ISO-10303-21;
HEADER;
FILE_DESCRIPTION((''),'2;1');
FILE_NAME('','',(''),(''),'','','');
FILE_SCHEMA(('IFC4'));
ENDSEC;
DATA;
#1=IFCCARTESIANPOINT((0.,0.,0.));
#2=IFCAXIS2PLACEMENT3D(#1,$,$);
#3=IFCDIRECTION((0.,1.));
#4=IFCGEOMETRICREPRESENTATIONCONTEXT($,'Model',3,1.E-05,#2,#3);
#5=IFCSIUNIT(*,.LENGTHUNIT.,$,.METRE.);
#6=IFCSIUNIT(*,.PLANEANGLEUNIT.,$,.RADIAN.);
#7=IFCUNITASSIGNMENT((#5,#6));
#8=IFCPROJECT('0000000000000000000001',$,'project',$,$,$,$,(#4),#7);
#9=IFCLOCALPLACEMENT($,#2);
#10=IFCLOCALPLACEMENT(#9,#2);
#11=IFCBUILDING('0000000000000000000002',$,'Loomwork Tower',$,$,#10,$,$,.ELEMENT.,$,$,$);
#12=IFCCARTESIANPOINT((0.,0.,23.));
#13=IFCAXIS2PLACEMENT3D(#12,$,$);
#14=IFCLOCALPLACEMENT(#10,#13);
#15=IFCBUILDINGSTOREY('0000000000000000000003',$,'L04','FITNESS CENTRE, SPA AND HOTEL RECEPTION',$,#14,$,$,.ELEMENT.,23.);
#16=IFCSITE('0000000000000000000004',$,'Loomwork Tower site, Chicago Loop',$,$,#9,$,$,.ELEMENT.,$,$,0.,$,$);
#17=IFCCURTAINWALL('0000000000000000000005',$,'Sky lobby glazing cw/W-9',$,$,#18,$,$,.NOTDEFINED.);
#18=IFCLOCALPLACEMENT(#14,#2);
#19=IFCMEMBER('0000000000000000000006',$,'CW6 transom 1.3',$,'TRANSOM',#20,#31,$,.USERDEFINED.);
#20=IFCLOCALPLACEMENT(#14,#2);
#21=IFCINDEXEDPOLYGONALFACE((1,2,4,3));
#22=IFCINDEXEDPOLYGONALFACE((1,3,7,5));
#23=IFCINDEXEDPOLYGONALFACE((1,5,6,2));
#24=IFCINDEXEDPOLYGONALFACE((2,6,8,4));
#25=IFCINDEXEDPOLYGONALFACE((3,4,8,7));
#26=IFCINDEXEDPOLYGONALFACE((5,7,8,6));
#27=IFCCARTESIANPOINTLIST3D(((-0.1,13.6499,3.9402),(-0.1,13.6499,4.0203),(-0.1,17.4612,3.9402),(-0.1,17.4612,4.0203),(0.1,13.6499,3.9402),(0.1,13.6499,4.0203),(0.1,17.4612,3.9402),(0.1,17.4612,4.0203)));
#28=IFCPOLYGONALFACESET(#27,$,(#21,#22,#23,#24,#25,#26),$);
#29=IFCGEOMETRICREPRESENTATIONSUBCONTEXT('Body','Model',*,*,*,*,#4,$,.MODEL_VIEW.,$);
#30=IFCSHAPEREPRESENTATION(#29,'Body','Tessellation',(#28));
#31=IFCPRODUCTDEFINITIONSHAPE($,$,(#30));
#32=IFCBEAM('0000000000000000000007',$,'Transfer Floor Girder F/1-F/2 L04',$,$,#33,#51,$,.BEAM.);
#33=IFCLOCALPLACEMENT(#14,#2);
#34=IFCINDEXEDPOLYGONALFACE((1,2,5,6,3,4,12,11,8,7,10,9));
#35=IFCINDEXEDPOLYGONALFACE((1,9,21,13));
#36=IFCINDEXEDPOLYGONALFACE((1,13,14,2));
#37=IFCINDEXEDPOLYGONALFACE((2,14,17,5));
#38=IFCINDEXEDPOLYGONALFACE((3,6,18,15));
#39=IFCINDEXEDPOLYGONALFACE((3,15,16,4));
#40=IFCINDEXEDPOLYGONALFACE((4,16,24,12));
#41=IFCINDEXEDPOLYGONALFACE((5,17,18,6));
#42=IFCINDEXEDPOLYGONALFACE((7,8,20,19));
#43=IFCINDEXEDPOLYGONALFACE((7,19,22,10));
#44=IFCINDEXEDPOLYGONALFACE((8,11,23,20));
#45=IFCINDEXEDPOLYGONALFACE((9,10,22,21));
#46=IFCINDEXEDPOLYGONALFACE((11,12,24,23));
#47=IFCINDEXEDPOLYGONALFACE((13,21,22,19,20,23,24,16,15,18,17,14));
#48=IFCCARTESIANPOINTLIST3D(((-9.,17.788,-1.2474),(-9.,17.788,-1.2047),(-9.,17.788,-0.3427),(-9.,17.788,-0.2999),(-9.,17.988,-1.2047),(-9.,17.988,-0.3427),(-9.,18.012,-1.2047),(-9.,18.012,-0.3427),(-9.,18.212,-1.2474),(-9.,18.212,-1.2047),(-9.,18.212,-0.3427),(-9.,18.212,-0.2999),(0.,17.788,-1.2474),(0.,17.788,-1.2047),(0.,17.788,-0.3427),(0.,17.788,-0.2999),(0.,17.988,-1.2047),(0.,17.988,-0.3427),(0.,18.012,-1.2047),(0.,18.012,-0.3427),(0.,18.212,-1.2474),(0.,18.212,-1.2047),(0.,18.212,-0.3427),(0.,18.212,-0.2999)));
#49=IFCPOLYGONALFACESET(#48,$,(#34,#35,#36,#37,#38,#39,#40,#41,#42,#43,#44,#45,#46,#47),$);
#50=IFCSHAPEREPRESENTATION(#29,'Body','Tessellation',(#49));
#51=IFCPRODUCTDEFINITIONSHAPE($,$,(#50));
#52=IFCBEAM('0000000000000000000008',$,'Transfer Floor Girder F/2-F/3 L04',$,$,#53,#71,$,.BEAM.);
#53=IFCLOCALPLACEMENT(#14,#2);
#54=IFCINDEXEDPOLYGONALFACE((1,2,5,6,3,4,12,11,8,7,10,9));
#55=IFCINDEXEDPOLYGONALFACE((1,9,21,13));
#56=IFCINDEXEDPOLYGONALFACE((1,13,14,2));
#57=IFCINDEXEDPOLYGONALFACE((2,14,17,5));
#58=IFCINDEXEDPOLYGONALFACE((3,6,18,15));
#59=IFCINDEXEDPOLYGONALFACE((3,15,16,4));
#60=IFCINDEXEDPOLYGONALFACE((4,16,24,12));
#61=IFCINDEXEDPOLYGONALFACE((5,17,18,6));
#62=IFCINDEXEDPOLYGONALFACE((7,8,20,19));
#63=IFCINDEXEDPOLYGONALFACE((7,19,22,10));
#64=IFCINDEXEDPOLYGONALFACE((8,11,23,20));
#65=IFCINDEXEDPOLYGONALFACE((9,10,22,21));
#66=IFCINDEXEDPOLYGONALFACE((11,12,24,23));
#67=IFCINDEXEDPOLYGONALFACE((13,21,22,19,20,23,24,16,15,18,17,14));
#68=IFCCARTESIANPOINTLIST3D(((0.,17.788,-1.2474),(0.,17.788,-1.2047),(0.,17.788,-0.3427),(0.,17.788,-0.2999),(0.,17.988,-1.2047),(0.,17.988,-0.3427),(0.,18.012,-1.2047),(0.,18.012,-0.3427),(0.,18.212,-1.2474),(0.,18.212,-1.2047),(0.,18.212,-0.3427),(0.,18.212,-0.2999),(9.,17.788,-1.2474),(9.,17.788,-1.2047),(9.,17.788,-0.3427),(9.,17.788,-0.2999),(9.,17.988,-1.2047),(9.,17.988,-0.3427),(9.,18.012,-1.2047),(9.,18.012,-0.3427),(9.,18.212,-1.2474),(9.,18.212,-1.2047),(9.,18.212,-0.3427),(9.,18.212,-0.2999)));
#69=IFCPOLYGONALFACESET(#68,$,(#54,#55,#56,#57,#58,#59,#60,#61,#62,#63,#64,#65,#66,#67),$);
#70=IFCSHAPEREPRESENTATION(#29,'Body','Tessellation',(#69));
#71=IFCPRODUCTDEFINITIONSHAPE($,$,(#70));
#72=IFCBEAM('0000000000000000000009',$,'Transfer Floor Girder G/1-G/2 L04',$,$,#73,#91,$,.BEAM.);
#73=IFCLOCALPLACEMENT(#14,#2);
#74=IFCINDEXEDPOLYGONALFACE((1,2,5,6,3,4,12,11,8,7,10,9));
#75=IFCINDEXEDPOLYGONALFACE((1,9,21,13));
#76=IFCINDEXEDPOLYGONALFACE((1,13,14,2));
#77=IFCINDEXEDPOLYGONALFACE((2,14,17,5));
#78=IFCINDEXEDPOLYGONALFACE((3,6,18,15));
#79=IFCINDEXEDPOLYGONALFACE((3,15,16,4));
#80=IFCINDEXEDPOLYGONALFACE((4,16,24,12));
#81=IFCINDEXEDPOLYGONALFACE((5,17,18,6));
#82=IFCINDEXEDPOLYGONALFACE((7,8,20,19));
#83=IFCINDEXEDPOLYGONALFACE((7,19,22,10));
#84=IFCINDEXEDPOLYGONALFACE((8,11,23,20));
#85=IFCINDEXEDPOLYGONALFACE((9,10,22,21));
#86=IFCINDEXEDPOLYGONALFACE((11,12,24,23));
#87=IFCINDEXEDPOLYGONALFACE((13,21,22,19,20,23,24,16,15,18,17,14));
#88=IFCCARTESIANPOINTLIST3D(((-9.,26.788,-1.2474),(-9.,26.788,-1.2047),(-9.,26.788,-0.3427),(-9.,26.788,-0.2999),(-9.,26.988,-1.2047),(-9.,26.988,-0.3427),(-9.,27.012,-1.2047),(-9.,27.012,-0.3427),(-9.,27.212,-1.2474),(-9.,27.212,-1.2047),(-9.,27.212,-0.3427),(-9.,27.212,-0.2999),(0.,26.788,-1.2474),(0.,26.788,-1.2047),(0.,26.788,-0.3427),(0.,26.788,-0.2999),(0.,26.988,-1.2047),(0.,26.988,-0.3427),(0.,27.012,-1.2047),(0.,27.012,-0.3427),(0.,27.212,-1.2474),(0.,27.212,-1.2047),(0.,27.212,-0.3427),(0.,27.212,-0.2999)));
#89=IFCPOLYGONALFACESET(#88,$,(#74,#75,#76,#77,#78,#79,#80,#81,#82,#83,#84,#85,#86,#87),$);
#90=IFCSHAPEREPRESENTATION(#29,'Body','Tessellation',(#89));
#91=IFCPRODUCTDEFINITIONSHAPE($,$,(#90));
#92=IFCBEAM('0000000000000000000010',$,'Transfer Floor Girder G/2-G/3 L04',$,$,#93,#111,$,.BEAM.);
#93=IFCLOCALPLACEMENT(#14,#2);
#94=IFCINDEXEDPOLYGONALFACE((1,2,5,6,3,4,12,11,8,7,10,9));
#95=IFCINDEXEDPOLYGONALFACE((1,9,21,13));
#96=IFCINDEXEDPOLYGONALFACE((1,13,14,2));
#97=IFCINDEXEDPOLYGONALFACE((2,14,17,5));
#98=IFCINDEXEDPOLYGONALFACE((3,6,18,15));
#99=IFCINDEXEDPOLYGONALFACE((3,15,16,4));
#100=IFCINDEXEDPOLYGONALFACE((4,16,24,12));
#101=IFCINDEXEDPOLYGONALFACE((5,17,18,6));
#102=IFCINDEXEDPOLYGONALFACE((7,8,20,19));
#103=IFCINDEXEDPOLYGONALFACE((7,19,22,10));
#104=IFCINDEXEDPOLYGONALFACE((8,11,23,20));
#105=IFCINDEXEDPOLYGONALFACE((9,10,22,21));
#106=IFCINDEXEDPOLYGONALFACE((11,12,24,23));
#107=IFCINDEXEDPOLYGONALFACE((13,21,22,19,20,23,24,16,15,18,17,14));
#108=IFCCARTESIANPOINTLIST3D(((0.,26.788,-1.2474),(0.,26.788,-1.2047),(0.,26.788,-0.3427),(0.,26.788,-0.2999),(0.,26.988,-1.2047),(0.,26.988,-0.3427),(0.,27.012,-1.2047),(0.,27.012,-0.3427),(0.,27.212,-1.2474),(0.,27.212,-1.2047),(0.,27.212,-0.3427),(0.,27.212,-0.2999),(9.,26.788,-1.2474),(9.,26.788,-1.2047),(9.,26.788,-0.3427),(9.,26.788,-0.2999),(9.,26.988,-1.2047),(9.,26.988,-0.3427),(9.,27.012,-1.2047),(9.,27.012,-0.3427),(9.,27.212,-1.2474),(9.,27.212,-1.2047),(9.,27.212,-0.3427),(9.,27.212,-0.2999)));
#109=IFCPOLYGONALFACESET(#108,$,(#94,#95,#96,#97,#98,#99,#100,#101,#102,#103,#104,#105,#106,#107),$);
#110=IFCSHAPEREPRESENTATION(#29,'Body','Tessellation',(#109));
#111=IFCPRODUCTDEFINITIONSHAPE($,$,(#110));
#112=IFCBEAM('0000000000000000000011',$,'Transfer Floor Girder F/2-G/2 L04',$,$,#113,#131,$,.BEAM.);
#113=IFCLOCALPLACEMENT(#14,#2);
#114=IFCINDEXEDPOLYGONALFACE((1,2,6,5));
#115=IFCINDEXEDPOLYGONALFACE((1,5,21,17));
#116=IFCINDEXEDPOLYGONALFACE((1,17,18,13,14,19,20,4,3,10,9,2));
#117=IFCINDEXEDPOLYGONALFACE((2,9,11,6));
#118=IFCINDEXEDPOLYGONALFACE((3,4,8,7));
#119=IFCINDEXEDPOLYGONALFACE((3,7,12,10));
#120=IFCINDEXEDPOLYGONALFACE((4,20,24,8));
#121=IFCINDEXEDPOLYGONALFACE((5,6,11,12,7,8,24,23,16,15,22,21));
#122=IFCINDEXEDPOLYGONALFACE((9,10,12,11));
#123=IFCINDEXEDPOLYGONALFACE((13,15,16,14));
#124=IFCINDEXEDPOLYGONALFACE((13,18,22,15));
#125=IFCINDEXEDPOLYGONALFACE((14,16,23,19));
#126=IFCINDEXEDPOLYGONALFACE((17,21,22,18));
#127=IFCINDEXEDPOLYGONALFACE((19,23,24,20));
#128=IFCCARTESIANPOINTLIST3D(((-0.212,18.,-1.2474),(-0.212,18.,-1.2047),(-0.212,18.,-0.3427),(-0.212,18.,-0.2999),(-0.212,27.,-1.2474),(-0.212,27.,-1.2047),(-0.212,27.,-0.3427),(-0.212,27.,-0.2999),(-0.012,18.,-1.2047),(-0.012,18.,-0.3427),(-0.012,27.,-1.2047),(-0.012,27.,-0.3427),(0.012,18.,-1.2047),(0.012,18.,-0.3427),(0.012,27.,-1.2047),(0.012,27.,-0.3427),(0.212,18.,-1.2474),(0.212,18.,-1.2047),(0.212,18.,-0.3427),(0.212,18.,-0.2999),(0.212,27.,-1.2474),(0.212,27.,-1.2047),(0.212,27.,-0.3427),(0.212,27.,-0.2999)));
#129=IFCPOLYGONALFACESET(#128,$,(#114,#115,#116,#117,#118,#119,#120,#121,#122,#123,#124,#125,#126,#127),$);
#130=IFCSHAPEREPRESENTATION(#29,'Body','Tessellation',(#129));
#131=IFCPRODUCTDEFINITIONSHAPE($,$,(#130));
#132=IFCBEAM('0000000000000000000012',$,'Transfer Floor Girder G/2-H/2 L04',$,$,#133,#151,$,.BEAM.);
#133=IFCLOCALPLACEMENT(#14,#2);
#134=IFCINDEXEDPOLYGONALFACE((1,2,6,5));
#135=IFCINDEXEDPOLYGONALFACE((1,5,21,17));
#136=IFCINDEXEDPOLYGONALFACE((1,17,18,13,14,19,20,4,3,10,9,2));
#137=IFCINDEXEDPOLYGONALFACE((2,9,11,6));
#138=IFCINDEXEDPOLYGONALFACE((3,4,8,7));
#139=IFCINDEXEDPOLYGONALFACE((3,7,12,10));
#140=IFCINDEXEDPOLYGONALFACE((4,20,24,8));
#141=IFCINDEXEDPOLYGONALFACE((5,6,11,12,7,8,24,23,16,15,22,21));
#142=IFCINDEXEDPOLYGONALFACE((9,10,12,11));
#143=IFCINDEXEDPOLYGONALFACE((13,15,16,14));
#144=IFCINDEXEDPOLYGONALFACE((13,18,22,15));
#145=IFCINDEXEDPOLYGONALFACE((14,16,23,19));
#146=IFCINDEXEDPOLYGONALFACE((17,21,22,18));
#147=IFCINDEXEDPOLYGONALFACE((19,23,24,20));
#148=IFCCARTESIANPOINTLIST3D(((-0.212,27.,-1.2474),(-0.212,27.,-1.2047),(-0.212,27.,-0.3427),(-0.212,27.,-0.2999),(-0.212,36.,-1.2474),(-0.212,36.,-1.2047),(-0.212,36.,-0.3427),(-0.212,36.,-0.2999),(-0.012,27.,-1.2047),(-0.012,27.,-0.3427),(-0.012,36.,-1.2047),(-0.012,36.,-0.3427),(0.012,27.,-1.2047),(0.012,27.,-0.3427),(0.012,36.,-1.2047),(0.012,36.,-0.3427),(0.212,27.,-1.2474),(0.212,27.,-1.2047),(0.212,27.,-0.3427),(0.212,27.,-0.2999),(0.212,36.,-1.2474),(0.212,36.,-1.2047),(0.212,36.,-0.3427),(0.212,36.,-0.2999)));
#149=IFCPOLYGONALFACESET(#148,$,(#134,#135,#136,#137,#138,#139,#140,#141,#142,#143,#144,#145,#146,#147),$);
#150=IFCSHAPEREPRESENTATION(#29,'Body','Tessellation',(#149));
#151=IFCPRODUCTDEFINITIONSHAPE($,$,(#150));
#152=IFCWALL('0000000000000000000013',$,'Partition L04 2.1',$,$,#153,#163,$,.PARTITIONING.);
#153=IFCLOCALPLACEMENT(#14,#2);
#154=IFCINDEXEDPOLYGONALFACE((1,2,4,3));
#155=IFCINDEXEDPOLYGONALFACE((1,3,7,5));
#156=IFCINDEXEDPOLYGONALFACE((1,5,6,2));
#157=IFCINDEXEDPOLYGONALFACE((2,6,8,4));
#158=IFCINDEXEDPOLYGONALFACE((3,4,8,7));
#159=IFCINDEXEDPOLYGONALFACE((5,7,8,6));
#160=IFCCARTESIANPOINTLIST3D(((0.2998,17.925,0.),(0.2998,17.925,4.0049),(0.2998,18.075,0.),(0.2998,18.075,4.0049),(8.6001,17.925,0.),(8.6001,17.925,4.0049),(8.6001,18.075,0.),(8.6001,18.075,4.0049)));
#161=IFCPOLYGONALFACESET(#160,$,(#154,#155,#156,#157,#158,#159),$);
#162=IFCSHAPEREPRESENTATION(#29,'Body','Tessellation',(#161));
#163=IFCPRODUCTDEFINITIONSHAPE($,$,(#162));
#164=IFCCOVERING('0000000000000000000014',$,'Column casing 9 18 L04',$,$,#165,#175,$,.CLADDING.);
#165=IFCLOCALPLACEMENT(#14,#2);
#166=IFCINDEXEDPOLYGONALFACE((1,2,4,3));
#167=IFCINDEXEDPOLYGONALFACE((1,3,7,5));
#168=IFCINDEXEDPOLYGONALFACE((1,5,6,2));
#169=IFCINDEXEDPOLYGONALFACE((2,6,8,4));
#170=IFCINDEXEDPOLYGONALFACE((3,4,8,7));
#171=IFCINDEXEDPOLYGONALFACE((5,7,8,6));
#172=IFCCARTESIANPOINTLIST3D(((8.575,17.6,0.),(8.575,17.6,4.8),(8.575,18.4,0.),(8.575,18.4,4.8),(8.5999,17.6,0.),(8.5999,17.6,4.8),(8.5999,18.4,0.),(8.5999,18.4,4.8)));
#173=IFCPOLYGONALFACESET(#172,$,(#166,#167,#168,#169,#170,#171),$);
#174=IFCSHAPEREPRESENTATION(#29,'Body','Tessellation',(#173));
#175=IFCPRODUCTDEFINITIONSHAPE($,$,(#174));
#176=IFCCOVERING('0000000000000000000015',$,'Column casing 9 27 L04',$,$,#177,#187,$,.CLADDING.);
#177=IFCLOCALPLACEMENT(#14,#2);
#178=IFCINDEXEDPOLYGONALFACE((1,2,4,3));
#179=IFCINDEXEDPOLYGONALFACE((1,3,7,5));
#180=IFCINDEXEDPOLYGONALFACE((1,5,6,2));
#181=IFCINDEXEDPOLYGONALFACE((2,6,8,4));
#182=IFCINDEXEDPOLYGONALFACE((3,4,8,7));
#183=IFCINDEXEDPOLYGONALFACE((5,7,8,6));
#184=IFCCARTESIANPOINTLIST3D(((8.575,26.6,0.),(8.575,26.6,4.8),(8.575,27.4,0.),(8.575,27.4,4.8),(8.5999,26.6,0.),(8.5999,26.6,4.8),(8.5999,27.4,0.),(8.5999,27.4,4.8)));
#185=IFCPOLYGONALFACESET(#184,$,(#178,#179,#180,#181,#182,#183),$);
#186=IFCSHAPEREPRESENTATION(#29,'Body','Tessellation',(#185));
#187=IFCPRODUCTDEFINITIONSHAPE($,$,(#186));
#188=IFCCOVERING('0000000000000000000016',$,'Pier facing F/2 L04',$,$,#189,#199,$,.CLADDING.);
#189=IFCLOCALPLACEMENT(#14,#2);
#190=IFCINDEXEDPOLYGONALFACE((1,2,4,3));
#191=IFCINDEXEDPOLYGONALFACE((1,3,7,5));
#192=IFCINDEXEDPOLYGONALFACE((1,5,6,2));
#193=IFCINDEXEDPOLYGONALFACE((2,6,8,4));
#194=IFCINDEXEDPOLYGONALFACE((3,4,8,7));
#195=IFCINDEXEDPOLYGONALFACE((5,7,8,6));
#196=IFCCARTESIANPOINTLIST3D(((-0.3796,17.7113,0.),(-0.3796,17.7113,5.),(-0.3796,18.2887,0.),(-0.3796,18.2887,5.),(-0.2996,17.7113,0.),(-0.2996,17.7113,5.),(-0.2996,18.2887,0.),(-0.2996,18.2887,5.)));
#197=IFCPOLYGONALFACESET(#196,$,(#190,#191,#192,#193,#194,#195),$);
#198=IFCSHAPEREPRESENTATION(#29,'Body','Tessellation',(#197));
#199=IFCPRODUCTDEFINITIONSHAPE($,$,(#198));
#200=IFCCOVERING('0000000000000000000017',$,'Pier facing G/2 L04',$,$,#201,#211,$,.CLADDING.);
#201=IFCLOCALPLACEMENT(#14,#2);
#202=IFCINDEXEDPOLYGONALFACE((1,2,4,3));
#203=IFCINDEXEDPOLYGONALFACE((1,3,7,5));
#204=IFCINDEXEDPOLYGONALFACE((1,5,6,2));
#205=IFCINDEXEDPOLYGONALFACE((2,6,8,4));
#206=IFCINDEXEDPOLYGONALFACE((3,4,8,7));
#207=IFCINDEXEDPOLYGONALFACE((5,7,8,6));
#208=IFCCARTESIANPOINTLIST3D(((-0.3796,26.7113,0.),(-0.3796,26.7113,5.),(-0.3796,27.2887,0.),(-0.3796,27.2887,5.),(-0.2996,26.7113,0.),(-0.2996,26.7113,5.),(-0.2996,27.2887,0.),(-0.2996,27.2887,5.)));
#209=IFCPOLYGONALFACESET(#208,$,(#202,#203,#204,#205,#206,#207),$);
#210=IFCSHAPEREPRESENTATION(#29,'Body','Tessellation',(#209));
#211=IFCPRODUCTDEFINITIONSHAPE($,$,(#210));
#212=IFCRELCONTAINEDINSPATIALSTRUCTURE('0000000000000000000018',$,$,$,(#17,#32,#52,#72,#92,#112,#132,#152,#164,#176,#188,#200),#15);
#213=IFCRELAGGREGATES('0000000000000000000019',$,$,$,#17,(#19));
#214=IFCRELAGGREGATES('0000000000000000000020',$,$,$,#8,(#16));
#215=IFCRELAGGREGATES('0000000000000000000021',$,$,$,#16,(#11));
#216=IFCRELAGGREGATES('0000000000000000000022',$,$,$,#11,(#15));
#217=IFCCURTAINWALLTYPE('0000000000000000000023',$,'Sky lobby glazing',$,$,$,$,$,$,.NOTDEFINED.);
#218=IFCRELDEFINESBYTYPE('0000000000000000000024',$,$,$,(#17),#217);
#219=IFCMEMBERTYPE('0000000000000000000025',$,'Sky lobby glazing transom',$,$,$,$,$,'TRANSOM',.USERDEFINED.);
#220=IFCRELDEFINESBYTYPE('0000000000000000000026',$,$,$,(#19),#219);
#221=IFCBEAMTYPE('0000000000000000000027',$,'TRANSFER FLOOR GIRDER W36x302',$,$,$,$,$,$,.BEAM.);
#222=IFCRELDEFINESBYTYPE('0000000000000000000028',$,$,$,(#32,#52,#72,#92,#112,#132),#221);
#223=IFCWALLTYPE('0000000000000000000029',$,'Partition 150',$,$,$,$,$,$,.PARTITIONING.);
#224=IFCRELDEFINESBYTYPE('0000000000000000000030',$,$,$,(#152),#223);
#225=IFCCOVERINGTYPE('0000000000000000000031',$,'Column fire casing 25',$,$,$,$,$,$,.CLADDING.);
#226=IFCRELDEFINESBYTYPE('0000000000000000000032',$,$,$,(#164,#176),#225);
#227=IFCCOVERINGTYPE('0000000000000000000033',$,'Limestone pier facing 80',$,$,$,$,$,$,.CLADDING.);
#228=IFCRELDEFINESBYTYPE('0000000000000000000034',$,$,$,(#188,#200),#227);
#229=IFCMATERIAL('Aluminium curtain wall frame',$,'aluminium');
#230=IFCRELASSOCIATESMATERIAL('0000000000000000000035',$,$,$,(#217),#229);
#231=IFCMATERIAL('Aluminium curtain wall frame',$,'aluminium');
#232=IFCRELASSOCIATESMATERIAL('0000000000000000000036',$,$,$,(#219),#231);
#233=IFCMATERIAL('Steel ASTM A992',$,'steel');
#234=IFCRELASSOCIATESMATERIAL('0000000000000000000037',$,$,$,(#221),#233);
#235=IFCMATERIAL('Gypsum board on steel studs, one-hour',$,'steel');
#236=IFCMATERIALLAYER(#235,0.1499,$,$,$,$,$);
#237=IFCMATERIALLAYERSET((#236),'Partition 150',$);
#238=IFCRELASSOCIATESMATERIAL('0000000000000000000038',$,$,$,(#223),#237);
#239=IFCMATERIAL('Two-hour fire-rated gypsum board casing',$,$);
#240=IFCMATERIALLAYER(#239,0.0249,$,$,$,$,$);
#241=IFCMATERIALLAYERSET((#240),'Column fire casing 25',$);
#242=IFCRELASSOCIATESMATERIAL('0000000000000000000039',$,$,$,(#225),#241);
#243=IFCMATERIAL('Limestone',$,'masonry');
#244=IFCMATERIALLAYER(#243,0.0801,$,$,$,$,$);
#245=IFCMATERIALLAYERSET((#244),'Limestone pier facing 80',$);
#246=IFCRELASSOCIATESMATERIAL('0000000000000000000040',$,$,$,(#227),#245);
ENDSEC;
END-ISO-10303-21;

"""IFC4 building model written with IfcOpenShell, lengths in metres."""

from ifc_helpers import new_model, si_unit, direction, frame, frame_2d, origin, origin_2d, place, context, subcontext, project, spatial, rectangle, i_section, extrude, material, layer, layer_set, material_profile, profile_set, type_object, element, aggregate, save


model = new_model("IFC4")

# Units and contexts
model_context = context("Model", 3, precision=1e-05, world=origin(), true_north=direction((0.0, 1.0)))
body_context = subcontext(model_context, "Body", "Model", "MODEL_VIEW")
ifc_project = project(units=[si_unit("LENGTHUNIT", "METRE"), si_unit("PLANEANGLEUNIT", "RADIAN")], contexts=[model_context])

# Site, building, storey
site_placement = place(None, origin())
site = spatial("IfcSite", under=ifc_project, at=site_placement, Name="Loomwork Tower site, Chicago Loop", CompositionType="ELEMENT", RefElevation=0.0)
building_placement = place(site_placement, origin())
building = spatial("IfcBuilding", under=site, at=building_placement, Name="Loomwork Tower", CompositionType="ELEMENT")
storey_placement = place(building_placement, frame((0.0, 0.0, 23.0)))
storey = spatial("IfcBuildingStorey", under=building, at=storey_placement, Name="L04", Description="FITNESS CENTRE, SPA AND HOTEL RECEPTION", CompositionType="ELEMENT", Elevation=23.0)

# Curtain wall, member
ifc_material_1 = material(Name="Aluminium curtain wall frame", Category="aluminium")
curtain_wall_type = type_object("IfcCurtainWallType", Name="Sky lobby glazing", PredefinedType="NOTDEFINED", material=ifc_material_1)
curtain_wall_placement = place(storey_placement, origin())
curtain_wall = element("IfcCurtainWall", 1, at=curtain_wall_placement, inside=storey, type_object=curtain_wall_type, Name="Sky lobby glazing cw/W-9", PredefinedType="NOTDEFINED")
ifc_material_2 = material(Name="Aluminium curtain wall frame", Category="aluminium")
ifc_material_profile_1 = material_profile(ifc_material_2, rectangle(XDim=0.2, YDim=0.0801, at=origin_2d()), Name="AL 80x200")
ifc_profile_set_1 = profile_set([ifc_material_profile_1], Name="Aluminium curtain wall frame")
member_type_1 = type_object("IfcMemberType", Name="Sky lobby glazing transom", ElementType="TRANSOM", PredefinedType="USERDEFINED", material=ifc_profile_set_1)
member_1_placement = place(storey_placement, frame((0.0, 17.4612, 3.9802), z_axis=(0.0, -1.0, 0.0), x_axis=(1.0, 0.0, 0.0)))
member_1 = element("IfcMember", 2, at=member_1_placement, type_object=member_type_1, Name="CW6 transom 1.3", ObjectType="TRANSOM", PredefinedType="USERDEFINED", context=body_context, shape_type="SweptSolid", body=[
    extrude(rectangle(XDim=0.2, YDim=0.0801, at=origin_2d()), origin(), (0.0, 0.0, 1.0), 3.8113),
])
aggregate(curtain_wall, [member_1])

# Beams
ifc_material_3 = material(Name="Steel ASTM A992", Category="steel")
ifc_material_profile_2 = material_profile(ifc_material_3, i_section(OverallWidth=0.4241, OverallDepth=0.9475, WebThickness=0.0239, FlangeThickness=0.0427, at=origin_2d()), Name="W36x302")
ifc_profile_set_2 = profile_set([ifc_material_profile_2], Name="Steel ASTM A992")
beam_type_1 = type_object("IfcBeamType", Name="TRANSFER FLOOR GIRDER W36x302", PredefinedType="BEAM", material=ifc_profile_set_2)
for number, where, z_axis, x_axis, name in (
    (3, (-9.0, 18.0, -0.7737), (1.0, 0.0, 0.0), (0.0, 1.0, 0.0), "Transfer Floor Girder F/1-F/2 L04"),
    (4, (0.0, 18.0, -0.7737), (1.0, 0.0, 0.0), (0.0, 1.0, 0.0), "Transfer Floor Girder F/2-F/3 L04"),
    (5, (-9.0, 27.0, -0.7737), (1.0, 0.0, 0.0), (0.0, 1.0, 0.0), "Transfer Floor Girder G/1-G/2 L04"),
    (6, (0.0, 27.0, -0.7737), (1.0, 0.0, 0.0), (0.0, 1.0, 0.0), "Transfer Floor Girder G/2-G/3 L04"),
    (7, (0.0, 18.0, -0.7737), (0.0, 1.0, 0.0), (-1.0, 0.0, 0.0), "Transfer Floor Girder F/2-G/2 L04"),
    (8, (0.0, 27.0, -0.7737), (0.0, 1.0, 0.0), (-1.0, 0.0, 0.0), "Transfer Floor Girder G/2-H/2 L04"),
):
    element("IfcBeam", number, at=place(storey_placement, frame(where, z_axis=z_axis, x_axis=x_axis)), inside=storey, type_object=beam_type_1, Name=name, PredefinedType="BEAM", context=body_context, shape_type="SweptSolid", body=[
        extrude(i_section(OverallWidth=0.4241, OverallDepth=0.9475, WebThickness=0.0239, FlangeThickness=0.0427, at=origin_2d()), origin(), (0.0, 0.0, 1.0), 9.0),
    ])

# Wall
ifc_material_4 = material(Name="Gypsum board on steel studs, one-hour", Category="steel")
ifc_layer_1 = layer(ifc_material_4, 0.1499)
ifc_layer_set_1 = layer_set([ifc_layer_1], Name="Partition 150")
wall_type_1 = type_object("IfcWallType", Name="Partition 150", PredefinedType="PARTITIONING", material=ifc_layer_set_1)
wall_1_placement = place(storey_placement, frame((0.2998, 18.0, 0.0), z_axis=(0.0, 0.0, 1.0), x_axis=(1.0, 0.0, 0.0)))
element("IfcWall", 9, at=wall_1_placement, inside=storey, type_object=wall_type_1, Name="Partition L04 2.1", PredefinedType="PARTITIONING", context=body_context, shape_type="SweptSolid", body=[
    extrude(rectangle(XDim=8.3003, YDim=0.1499, at=frame_2d((4.1501, 0.0))), origin(), (0.0, 0.0, 1.0), 4.0049),
])

# Coverings
ifc_material_5 = material(Name="Two-hour fire-rated gypsum board casing")
ifc_layer_2 = layer(ifc_material_5, 0.0249)
ifc_layer_set_2 = layer_set([ifc_layer_2], Name="Column fire casing 25")
covering_type_1 = type_object("IfcCoveringType", Name="Column fire casing 25", PredefinedType="CLADDING", material=ifc_layer_set_2)
for number, where, z_axis, x_axis, name in (
    (10, (8.5874, 18.0, 0.0), (0.0, 0.0, 1.0), (1.0, 0.0, 0.0), "Column casing 9 18 L04"),
    (11, (8.5874, 27.0, 0.0), (0.0, 0.0, 1.0), (1.0, 0.0, 0.0), "Column casing 9 27 L04"),
):
    element("IfcCovering", number, at=place(storey_placement, frame(where, z_axis=z_axis, x_axis=x_axis)), inside=storey, type_object=covering_type_1, Name=name, PredefinedType="CLADDING", context=body_context, shape_type="SweptSolid", body=[
        extrude(rectangle(XDim=0.0249, YDim=0.8, at=origin_2d()), origin(), (0.0, 0.0, 1.0), 4.8),
    ])
ifc_material_6 = material(Name="Limestone", Category="masonry")
ifc_layer_3 = layer(ifc_material_6, 0.0801)
ifc_layer_set_3 = layer_set([ifc_layer_3], Name="Limestone pier facing 80")
covering_type_2 = type_object("IfcCoveringType", Name="Limestone pier facing 80", PredefinedType="CLADDING", material=ifc_layer_set_3)
for number, where, z_axis, x_axis, name in (
    (12, (-0.3396, 18.0, 0.0), (0.0, 0.0, 1.0), (1.0, 0.0, 0.0), "Pier facing F/2 L04"),
    (13, (-0.3396, 27.0, 0.0), (0.0, 0.0, 1.0), (1.0, 0.0, 0.0), "Pier facing G/2 L04"),
):
    element("IfcCovering", number, at=place(storey_placement, frame(where, z_axis=z_axis, x_axis=x_axis)), inside=storey, type_object=covering_type_2, Name=name, PredefinedType="CLADDING", context=body_context, shape_type="SweptSolid", body=[
        extrude(rectangle(XDim=0.0801, YDim=0.5774, at=origin_2d()), origin(), (0.0, 0.0, 1.0), 5.0),
    ])

save(model, "model.ifc")
